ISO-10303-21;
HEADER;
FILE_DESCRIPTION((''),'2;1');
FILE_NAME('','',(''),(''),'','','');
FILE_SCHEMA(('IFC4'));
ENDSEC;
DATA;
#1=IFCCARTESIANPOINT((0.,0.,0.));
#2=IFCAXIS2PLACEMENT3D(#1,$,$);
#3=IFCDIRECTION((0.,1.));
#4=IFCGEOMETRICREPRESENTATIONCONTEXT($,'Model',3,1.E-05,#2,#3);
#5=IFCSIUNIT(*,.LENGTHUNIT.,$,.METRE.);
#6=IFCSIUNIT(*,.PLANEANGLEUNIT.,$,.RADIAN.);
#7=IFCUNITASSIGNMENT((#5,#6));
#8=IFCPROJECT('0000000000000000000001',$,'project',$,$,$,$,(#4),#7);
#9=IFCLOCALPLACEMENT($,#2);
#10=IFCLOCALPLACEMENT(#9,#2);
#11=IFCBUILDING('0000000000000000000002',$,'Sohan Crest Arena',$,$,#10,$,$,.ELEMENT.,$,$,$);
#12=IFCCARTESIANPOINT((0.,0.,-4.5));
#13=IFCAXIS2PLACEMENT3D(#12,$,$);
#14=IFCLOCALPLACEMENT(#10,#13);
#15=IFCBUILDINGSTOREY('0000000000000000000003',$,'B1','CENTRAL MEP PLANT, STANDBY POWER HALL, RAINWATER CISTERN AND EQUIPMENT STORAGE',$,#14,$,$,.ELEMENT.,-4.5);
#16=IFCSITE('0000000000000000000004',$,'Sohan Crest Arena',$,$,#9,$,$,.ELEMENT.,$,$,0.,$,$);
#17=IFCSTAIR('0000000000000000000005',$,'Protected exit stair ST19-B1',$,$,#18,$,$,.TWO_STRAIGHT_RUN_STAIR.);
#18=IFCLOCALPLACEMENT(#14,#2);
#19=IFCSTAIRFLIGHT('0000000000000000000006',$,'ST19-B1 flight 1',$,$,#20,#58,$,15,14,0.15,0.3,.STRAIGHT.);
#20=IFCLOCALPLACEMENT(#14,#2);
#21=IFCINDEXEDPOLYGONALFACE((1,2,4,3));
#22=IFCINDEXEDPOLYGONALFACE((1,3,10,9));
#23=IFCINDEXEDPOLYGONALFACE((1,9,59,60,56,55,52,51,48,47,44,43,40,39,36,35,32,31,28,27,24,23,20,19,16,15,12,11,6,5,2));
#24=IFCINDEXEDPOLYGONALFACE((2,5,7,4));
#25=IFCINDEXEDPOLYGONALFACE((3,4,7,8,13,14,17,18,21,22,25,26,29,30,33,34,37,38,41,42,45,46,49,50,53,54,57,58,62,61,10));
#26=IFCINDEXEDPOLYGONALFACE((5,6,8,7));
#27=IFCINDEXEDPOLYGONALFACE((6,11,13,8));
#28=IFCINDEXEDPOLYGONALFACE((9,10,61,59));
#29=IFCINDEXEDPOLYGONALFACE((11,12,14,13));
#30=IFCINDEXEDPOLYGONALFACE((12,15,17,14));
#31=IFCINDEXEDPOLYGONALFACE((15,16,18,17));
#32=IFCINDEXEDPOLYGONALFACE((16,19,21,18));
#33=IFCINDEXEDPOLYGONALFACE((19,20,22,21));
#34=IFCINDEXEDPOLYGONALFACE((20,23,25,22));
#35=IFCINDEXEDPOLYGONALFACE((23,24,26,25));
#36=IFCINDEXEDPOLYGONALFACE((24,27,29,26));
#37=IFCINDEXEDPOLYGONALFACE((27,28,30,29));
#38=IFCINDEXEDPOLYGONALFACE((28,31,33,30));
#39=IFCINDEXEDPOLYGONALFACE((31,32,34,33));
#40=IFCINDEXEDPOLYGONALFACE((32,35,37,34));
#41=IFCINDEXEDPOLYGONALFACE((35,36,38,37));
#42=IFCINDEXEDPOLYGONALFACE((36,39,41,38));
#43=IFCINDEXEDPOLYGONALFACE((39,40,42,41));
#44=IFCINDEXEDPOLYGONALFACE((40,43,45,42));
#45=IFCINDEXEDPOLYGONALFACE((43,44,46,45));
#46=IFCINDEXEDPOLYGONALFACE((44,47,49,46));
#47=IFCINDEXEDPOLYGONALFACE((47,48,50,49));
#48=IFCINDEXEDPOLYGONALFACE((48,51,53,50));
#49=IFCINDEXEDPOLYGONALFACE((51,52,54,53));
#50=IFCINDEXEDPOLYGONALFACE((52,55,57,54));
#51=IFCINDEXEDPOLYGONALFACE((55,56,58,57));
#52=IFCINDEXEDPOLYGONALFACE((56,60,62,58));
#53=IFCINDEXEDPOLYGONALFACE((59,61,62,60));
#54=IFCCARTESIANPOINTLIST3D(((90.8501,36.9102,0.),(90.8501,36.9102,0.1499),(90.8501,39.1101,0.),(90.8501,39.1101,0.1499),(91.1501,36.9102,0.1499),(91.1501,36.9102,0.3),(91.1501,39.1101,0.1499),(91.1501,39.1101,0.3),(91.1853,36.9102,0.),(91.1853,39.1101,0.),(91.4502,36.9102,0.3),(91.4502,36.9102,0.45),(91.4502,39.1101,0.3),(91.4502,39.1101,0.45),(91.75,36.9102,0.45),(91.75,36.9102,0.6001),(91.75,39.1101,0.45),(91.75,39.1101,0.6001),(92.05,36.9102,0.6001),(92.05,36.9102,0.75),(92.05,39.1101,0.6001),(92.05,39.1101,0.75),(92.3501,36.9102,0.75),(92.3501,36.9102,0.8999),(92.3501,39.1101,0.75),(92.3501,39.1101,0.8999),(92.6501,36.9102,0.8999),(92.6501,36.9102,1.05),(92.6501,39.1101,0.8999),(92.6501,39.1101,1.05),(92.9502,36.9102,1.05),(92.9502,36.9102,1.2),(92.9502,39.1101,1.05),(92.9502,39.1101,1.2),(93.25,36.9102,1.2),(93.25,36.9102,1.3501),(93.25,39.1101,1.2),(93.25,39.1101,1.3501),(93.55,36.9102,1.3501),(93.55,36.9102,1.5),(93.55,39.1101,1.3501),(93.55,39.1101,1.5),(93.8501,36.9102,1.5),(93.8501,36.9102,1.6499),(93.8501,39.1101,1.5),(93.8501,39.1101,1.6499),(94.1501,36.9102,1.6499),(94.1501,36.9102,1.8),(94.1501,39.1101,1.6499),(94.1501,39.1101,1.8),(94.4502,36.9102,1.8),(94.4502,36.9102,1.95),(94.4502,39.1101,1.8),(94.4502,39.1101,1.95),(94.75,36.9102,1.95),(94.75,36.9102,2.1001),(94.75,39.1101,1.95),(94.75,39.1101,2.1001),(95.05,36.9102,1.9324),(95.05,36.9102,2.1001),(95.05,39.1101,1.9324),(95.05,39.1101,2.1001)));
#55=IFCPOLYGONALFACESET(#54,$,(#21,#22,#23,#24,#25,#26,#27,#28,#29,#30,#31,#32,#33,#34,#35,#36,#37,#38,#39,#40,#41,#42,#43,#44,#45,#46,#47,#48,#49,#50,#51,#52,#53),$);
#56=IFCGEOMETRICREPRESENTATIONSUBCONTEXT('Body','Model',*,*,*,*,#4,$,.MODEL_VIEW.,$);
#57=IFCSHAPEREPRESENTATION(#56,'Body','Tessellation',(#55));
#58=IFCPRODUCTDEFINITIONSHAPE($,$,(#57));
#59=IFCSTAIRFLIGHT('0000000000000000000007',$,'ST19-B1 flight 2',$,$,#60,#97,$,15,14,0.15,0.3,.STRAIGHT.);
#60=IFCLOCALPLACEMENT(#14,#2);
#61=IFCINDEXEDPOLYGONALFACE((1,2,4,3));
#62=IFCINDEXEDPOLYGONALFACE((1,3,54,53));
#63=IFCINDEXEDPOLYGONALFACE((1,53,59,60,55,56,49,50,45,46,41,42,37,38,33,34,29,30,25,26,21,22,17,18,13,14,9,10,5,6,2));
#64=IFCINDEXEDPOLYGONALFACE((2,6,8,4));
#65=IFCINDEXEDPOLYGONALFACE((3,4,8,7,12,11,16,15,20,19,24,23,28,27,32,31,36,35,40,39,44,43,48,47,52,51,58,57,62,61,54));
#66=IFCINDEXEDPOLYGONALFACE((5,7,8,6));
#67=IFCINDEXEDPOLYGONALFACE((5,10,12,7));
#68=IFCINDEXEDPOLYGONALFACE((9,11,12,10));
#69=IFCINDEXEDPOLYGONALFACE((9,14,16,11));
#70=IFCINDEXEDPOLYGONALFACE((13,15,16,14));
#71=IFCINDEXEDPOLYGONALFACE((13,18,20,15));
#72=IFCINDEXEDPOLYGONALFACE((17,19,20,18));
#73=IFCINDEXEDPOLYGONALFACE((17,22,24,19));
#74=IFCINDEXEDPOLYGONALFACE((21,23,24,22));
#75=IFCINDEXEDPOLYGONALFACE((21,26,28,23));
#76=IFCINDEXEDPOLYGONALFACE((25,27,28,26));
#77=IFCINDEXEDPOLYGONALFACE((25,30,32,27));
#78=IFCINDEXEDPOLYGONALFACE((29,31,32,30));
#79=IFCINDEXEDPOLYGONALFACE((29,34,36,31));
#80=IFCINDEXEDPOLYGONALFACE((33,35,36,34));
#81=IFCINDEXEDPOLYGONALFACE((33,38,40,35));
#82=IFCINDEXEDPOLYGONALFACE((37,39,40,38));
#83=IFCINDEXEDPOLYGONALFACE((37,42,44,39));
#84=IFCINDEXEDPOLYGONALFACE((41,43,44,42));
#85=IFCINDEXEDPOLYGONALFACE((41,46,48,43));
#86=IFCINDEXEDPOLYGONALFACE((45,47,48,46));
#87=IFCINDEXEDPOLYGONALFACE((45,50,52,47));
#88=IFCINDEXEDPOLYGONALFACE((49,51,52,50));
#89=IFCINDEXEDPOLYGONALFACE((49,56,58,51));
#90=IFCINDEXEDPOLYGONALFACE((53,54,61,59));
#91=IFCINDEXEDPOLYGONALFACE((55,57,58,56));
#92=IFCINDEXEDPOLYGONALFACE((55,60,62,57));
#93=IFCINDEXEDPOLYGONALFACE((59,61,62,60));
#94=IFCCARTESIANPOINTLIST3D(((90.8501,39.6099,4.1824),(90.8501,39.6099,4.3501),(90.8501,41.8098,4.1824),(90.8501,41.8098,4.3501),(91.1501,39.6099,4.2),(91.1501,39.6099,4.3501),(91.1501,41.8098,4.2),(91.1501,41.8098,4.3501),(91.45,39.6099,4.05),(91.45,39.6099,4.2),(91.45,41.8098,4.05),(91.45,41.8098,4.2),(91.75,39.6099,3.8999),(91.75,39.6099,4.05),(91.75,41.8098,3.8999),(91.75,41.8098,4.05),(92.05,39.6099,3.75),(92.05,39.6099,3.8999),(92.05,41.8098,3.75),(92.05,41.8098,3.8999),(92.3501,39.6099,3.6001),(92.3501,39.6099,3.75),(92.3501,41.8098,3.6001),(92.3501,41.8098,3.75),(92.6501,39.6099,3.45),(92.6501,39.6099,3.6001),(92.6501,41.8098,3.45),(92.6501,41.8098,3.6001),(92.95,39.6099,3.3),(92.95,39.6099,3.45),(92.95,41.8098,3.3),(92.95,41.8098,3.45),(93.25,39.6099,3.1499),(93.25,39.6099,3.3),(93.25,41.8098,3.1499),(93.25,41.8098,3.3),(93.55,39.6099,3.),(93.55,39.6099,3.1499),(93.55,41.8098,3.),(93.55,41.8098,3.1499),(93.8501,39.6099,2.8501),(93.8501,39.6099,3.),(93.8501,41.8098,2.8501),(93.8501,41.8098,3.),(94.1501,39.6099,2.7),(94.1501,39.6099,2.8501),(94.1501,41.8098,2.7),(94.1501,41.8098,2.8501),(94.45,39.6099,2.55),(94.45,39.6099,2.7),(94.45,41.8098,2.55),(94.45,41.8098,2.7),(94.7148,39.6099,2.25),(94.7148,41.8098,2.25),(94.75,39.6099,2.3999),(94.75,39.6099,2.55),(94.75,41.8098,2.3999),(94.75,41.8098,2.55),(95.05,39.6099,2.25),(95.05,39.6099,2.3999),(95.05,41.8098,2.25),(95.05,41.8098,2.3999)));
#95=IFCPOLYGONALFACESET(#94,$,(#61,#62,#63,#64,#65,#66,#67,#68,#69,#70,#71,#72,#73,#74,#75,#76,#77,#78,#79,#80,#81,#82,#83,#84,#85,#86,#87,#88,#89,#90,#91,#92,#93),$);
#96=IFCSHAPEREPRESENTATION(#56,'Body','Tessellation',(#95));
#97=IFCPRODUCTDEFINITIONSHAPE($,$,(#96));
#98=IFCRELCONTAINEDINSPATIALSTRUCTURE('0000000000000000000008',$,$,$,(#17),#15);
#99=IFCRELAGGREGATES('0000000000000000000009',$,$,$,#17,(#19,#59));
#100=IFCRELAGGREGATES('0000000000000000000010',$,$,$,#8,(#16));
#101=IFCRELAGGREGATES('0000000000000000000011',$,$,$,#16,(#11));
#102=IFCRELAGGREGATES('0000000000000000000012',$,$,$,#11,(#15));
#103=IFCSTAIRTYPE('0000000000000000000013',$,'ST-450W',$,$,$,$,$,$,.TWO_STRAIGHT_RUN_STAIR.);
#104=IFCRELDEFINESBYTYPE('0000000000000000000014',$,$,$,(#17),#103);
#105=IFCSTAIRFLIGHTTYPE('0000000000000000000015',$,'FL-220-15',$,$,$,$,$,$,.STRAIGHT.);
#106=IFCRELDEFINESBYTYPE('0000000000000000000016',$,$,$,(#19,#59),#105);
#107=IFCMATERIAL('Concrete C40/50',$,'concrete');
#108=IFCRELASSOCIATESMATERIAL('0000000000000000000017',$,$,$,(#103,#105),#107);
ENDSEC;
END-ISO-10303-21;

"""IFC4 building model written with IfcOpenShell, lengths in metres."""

from ifc_helpers import new_model, si_unit, direction, frame, origin, place, context, subcontext, project, spatial, polyline, outline, extrude, material, type_object, element, aggregate, save


model = new_model("IFC4")

# Units and contexts
model_context = context("Model", 3, precision=1e-05, world=origin(), true_north=direction((0.0, 1.0)))
body_context = subcontext(model_context, "Body", "Model", "MODEL_VIEW")
ifc_project = project(units=[si_unit("LENGTHUNIT", "METRE"), si_unit("PLANEANGLEUNIT", "RADIAN")], contexts=[model_context])

# Site, building, storey
site_placement = place(None, origin())
site = spatial("IfcSite", under=ifc_project, at=site_placement, Name="Sohan Crest Arena", CompositionType="ELEMENT", RefElevation=0.0)
building_placement = place(site_placement, origin())
building = spatial("IfcBuilding", under=site, at=building_placement, Name="Sohan Crest Arena", CompositionType="ELEMENT")
storey_placement = place(building_placement, frame((0.0, 0.0, -4.5)))
storey = spatial("IfcBuildingStorey", under=building, at=storey_placement, Name="B1", Description="CENTRAL MEP PLANT, STANDBY POWER HALL, RAINWATER CISTERN AND EQUIPMENT STORAGE", CompositionType="ELEMENT", Elevation=-4.5)

# Shared definitions
ifc_material_1 = material(Name="Concrete C40/50", Category="concrete")

# Stair, stair flights
stair_type = type_object("IfcStairType", Name="ST-450W", PredefinedType="TWO_STRAIGHT_RUN_STAIR", material=ifc_material_1)
stair_placement = place(storey_placement, origin())
stair = element("IfcStair", 1, at=stair_placement, inside=storey, type_object=stair_type, Name="Protected exit stair ST19-B1", PredefinedType="TWO_STRAIGHT_RUN_STAIR")
stair_flight_type = type_object("IfcStairFlightType", Name="FL-220-15", PredefinedType="STRAIGHT", material=ifc_material_1)
stair_flight_1_placement = place(storey_placement, frame((90.8501, 38.01, 0.0), z_axis=(0.0, 0.0, 1.0), x_axis=(1.0, 0.0, 0.0)))
stair_flight_1 = element("IfcStairFlight", 2, at=stair_flight_1_placement, type_object=stair_flight_type, Name="ST19-B1 flight 1", NumberOfRisers=15, NumberOfTreads=14, PredefinedType="STRAIGHT", RiserHeight=0.15, TreadLength=0.3, context=body_context, shape_type="SweptSolid", body=[
    extrude(outline(polyline([(0.0, 0.0), (0.0, 0.1499), (0.3, 0.1499), (0.3, 0.3), (0.6001, 0.3), (0.6001, 0.45), (0.8999, 0.45), (0.8999, 0.6001), (1.2, 0.6001), (1.2, 0.75), (1.5, 0.75), (1.5, 0.8999), (1.8, 0.8999), (1.8, 1.05), (2.1001, 1.05), (2.1001, 1.2), (2.3999, 1.2), (2.3999, 1.3501), (2.7, 1.3501), (2.7, 1.5), (3.0, 1.5), (3.0, 1.6499), (3.3, 1.6499), (3.3, 1.8), (3.6001, 1.8), (3.6001, 1.95), (3.8999, 1.95), (3.8999, 2.1001), (4.2, 2.1001), (4.2, 2.25), (4.2, 1.9324), (0.3352, 0.0), (0.0, 0.0)])), frame((0.0, 1.1001, 0.0), z_axis=(0.0, -1.0, 0.0), x_axis=(1.0, 0.0, 0.0)), (0.0, 0.0, 1.0), 2.2),
])
stair_flight_2_placement = place(storey_placement, frame((95.05, 40.71, 2.25), z_axis=(0.0, 0.0, 1.0), x_axis=(-1.0, 0.0, 0.0)))
stair_flight_2 = element("IfcStairFlight", 3, at=stair_flight_2_placement, type_object=stair_flight_type, Name="ST19-B1 flight 2", NumberOfRisers=15, NumberOfTreads=14, PredefinedType="STRAIGHT", RiserHeight=0.15, TreadLength=0.3, context=body_context, shape_type="SweptSolid", body=[
    extrude(outline(polyline([(0.0, 0.0), (0.0, 0.1499), (0.3, 0.1499), (0.3, 0.3), (0.6001, 0.3), (0.6001, 0.45), (0.8999, 0.45), (0.8999, 0.6001), (1.2, 0.6001), (1.2, 0.75), (1.5, 0.75), (1.5, 0.8999), (1.8, 0.8999), (1.8, 1.05), (2.1001, 1.05), (2.1001, 1.2), (2.3999, 1.2), (2.3999, 1.3501), (2.7, 1.3501), (2.7, 1.5), (3.0, 1.5), (3.0, 1.6499), (3.3, 1.6499), (3.3, 1.8), (3.6001, 1.8), (3.6001, 1.95), (3.8999, 1.95), (3.8999, 2.1001), (4.2, 2.1001), (4.2, 2.25), (4.2, 1.9324), (0.3352, 0.0), (0.0, 0.0)])), frame((0.0, 1.1001, 0.0), z_axis=(0.0, -1.0, 0.0), x_axis=(1.0, 0.0, 0.0)), (0.0, 0.0, 1.0), 2.2),
])
aggregate(stair, [stair_flight_1, stair_flight_2])

save(model, "model.ifc")
